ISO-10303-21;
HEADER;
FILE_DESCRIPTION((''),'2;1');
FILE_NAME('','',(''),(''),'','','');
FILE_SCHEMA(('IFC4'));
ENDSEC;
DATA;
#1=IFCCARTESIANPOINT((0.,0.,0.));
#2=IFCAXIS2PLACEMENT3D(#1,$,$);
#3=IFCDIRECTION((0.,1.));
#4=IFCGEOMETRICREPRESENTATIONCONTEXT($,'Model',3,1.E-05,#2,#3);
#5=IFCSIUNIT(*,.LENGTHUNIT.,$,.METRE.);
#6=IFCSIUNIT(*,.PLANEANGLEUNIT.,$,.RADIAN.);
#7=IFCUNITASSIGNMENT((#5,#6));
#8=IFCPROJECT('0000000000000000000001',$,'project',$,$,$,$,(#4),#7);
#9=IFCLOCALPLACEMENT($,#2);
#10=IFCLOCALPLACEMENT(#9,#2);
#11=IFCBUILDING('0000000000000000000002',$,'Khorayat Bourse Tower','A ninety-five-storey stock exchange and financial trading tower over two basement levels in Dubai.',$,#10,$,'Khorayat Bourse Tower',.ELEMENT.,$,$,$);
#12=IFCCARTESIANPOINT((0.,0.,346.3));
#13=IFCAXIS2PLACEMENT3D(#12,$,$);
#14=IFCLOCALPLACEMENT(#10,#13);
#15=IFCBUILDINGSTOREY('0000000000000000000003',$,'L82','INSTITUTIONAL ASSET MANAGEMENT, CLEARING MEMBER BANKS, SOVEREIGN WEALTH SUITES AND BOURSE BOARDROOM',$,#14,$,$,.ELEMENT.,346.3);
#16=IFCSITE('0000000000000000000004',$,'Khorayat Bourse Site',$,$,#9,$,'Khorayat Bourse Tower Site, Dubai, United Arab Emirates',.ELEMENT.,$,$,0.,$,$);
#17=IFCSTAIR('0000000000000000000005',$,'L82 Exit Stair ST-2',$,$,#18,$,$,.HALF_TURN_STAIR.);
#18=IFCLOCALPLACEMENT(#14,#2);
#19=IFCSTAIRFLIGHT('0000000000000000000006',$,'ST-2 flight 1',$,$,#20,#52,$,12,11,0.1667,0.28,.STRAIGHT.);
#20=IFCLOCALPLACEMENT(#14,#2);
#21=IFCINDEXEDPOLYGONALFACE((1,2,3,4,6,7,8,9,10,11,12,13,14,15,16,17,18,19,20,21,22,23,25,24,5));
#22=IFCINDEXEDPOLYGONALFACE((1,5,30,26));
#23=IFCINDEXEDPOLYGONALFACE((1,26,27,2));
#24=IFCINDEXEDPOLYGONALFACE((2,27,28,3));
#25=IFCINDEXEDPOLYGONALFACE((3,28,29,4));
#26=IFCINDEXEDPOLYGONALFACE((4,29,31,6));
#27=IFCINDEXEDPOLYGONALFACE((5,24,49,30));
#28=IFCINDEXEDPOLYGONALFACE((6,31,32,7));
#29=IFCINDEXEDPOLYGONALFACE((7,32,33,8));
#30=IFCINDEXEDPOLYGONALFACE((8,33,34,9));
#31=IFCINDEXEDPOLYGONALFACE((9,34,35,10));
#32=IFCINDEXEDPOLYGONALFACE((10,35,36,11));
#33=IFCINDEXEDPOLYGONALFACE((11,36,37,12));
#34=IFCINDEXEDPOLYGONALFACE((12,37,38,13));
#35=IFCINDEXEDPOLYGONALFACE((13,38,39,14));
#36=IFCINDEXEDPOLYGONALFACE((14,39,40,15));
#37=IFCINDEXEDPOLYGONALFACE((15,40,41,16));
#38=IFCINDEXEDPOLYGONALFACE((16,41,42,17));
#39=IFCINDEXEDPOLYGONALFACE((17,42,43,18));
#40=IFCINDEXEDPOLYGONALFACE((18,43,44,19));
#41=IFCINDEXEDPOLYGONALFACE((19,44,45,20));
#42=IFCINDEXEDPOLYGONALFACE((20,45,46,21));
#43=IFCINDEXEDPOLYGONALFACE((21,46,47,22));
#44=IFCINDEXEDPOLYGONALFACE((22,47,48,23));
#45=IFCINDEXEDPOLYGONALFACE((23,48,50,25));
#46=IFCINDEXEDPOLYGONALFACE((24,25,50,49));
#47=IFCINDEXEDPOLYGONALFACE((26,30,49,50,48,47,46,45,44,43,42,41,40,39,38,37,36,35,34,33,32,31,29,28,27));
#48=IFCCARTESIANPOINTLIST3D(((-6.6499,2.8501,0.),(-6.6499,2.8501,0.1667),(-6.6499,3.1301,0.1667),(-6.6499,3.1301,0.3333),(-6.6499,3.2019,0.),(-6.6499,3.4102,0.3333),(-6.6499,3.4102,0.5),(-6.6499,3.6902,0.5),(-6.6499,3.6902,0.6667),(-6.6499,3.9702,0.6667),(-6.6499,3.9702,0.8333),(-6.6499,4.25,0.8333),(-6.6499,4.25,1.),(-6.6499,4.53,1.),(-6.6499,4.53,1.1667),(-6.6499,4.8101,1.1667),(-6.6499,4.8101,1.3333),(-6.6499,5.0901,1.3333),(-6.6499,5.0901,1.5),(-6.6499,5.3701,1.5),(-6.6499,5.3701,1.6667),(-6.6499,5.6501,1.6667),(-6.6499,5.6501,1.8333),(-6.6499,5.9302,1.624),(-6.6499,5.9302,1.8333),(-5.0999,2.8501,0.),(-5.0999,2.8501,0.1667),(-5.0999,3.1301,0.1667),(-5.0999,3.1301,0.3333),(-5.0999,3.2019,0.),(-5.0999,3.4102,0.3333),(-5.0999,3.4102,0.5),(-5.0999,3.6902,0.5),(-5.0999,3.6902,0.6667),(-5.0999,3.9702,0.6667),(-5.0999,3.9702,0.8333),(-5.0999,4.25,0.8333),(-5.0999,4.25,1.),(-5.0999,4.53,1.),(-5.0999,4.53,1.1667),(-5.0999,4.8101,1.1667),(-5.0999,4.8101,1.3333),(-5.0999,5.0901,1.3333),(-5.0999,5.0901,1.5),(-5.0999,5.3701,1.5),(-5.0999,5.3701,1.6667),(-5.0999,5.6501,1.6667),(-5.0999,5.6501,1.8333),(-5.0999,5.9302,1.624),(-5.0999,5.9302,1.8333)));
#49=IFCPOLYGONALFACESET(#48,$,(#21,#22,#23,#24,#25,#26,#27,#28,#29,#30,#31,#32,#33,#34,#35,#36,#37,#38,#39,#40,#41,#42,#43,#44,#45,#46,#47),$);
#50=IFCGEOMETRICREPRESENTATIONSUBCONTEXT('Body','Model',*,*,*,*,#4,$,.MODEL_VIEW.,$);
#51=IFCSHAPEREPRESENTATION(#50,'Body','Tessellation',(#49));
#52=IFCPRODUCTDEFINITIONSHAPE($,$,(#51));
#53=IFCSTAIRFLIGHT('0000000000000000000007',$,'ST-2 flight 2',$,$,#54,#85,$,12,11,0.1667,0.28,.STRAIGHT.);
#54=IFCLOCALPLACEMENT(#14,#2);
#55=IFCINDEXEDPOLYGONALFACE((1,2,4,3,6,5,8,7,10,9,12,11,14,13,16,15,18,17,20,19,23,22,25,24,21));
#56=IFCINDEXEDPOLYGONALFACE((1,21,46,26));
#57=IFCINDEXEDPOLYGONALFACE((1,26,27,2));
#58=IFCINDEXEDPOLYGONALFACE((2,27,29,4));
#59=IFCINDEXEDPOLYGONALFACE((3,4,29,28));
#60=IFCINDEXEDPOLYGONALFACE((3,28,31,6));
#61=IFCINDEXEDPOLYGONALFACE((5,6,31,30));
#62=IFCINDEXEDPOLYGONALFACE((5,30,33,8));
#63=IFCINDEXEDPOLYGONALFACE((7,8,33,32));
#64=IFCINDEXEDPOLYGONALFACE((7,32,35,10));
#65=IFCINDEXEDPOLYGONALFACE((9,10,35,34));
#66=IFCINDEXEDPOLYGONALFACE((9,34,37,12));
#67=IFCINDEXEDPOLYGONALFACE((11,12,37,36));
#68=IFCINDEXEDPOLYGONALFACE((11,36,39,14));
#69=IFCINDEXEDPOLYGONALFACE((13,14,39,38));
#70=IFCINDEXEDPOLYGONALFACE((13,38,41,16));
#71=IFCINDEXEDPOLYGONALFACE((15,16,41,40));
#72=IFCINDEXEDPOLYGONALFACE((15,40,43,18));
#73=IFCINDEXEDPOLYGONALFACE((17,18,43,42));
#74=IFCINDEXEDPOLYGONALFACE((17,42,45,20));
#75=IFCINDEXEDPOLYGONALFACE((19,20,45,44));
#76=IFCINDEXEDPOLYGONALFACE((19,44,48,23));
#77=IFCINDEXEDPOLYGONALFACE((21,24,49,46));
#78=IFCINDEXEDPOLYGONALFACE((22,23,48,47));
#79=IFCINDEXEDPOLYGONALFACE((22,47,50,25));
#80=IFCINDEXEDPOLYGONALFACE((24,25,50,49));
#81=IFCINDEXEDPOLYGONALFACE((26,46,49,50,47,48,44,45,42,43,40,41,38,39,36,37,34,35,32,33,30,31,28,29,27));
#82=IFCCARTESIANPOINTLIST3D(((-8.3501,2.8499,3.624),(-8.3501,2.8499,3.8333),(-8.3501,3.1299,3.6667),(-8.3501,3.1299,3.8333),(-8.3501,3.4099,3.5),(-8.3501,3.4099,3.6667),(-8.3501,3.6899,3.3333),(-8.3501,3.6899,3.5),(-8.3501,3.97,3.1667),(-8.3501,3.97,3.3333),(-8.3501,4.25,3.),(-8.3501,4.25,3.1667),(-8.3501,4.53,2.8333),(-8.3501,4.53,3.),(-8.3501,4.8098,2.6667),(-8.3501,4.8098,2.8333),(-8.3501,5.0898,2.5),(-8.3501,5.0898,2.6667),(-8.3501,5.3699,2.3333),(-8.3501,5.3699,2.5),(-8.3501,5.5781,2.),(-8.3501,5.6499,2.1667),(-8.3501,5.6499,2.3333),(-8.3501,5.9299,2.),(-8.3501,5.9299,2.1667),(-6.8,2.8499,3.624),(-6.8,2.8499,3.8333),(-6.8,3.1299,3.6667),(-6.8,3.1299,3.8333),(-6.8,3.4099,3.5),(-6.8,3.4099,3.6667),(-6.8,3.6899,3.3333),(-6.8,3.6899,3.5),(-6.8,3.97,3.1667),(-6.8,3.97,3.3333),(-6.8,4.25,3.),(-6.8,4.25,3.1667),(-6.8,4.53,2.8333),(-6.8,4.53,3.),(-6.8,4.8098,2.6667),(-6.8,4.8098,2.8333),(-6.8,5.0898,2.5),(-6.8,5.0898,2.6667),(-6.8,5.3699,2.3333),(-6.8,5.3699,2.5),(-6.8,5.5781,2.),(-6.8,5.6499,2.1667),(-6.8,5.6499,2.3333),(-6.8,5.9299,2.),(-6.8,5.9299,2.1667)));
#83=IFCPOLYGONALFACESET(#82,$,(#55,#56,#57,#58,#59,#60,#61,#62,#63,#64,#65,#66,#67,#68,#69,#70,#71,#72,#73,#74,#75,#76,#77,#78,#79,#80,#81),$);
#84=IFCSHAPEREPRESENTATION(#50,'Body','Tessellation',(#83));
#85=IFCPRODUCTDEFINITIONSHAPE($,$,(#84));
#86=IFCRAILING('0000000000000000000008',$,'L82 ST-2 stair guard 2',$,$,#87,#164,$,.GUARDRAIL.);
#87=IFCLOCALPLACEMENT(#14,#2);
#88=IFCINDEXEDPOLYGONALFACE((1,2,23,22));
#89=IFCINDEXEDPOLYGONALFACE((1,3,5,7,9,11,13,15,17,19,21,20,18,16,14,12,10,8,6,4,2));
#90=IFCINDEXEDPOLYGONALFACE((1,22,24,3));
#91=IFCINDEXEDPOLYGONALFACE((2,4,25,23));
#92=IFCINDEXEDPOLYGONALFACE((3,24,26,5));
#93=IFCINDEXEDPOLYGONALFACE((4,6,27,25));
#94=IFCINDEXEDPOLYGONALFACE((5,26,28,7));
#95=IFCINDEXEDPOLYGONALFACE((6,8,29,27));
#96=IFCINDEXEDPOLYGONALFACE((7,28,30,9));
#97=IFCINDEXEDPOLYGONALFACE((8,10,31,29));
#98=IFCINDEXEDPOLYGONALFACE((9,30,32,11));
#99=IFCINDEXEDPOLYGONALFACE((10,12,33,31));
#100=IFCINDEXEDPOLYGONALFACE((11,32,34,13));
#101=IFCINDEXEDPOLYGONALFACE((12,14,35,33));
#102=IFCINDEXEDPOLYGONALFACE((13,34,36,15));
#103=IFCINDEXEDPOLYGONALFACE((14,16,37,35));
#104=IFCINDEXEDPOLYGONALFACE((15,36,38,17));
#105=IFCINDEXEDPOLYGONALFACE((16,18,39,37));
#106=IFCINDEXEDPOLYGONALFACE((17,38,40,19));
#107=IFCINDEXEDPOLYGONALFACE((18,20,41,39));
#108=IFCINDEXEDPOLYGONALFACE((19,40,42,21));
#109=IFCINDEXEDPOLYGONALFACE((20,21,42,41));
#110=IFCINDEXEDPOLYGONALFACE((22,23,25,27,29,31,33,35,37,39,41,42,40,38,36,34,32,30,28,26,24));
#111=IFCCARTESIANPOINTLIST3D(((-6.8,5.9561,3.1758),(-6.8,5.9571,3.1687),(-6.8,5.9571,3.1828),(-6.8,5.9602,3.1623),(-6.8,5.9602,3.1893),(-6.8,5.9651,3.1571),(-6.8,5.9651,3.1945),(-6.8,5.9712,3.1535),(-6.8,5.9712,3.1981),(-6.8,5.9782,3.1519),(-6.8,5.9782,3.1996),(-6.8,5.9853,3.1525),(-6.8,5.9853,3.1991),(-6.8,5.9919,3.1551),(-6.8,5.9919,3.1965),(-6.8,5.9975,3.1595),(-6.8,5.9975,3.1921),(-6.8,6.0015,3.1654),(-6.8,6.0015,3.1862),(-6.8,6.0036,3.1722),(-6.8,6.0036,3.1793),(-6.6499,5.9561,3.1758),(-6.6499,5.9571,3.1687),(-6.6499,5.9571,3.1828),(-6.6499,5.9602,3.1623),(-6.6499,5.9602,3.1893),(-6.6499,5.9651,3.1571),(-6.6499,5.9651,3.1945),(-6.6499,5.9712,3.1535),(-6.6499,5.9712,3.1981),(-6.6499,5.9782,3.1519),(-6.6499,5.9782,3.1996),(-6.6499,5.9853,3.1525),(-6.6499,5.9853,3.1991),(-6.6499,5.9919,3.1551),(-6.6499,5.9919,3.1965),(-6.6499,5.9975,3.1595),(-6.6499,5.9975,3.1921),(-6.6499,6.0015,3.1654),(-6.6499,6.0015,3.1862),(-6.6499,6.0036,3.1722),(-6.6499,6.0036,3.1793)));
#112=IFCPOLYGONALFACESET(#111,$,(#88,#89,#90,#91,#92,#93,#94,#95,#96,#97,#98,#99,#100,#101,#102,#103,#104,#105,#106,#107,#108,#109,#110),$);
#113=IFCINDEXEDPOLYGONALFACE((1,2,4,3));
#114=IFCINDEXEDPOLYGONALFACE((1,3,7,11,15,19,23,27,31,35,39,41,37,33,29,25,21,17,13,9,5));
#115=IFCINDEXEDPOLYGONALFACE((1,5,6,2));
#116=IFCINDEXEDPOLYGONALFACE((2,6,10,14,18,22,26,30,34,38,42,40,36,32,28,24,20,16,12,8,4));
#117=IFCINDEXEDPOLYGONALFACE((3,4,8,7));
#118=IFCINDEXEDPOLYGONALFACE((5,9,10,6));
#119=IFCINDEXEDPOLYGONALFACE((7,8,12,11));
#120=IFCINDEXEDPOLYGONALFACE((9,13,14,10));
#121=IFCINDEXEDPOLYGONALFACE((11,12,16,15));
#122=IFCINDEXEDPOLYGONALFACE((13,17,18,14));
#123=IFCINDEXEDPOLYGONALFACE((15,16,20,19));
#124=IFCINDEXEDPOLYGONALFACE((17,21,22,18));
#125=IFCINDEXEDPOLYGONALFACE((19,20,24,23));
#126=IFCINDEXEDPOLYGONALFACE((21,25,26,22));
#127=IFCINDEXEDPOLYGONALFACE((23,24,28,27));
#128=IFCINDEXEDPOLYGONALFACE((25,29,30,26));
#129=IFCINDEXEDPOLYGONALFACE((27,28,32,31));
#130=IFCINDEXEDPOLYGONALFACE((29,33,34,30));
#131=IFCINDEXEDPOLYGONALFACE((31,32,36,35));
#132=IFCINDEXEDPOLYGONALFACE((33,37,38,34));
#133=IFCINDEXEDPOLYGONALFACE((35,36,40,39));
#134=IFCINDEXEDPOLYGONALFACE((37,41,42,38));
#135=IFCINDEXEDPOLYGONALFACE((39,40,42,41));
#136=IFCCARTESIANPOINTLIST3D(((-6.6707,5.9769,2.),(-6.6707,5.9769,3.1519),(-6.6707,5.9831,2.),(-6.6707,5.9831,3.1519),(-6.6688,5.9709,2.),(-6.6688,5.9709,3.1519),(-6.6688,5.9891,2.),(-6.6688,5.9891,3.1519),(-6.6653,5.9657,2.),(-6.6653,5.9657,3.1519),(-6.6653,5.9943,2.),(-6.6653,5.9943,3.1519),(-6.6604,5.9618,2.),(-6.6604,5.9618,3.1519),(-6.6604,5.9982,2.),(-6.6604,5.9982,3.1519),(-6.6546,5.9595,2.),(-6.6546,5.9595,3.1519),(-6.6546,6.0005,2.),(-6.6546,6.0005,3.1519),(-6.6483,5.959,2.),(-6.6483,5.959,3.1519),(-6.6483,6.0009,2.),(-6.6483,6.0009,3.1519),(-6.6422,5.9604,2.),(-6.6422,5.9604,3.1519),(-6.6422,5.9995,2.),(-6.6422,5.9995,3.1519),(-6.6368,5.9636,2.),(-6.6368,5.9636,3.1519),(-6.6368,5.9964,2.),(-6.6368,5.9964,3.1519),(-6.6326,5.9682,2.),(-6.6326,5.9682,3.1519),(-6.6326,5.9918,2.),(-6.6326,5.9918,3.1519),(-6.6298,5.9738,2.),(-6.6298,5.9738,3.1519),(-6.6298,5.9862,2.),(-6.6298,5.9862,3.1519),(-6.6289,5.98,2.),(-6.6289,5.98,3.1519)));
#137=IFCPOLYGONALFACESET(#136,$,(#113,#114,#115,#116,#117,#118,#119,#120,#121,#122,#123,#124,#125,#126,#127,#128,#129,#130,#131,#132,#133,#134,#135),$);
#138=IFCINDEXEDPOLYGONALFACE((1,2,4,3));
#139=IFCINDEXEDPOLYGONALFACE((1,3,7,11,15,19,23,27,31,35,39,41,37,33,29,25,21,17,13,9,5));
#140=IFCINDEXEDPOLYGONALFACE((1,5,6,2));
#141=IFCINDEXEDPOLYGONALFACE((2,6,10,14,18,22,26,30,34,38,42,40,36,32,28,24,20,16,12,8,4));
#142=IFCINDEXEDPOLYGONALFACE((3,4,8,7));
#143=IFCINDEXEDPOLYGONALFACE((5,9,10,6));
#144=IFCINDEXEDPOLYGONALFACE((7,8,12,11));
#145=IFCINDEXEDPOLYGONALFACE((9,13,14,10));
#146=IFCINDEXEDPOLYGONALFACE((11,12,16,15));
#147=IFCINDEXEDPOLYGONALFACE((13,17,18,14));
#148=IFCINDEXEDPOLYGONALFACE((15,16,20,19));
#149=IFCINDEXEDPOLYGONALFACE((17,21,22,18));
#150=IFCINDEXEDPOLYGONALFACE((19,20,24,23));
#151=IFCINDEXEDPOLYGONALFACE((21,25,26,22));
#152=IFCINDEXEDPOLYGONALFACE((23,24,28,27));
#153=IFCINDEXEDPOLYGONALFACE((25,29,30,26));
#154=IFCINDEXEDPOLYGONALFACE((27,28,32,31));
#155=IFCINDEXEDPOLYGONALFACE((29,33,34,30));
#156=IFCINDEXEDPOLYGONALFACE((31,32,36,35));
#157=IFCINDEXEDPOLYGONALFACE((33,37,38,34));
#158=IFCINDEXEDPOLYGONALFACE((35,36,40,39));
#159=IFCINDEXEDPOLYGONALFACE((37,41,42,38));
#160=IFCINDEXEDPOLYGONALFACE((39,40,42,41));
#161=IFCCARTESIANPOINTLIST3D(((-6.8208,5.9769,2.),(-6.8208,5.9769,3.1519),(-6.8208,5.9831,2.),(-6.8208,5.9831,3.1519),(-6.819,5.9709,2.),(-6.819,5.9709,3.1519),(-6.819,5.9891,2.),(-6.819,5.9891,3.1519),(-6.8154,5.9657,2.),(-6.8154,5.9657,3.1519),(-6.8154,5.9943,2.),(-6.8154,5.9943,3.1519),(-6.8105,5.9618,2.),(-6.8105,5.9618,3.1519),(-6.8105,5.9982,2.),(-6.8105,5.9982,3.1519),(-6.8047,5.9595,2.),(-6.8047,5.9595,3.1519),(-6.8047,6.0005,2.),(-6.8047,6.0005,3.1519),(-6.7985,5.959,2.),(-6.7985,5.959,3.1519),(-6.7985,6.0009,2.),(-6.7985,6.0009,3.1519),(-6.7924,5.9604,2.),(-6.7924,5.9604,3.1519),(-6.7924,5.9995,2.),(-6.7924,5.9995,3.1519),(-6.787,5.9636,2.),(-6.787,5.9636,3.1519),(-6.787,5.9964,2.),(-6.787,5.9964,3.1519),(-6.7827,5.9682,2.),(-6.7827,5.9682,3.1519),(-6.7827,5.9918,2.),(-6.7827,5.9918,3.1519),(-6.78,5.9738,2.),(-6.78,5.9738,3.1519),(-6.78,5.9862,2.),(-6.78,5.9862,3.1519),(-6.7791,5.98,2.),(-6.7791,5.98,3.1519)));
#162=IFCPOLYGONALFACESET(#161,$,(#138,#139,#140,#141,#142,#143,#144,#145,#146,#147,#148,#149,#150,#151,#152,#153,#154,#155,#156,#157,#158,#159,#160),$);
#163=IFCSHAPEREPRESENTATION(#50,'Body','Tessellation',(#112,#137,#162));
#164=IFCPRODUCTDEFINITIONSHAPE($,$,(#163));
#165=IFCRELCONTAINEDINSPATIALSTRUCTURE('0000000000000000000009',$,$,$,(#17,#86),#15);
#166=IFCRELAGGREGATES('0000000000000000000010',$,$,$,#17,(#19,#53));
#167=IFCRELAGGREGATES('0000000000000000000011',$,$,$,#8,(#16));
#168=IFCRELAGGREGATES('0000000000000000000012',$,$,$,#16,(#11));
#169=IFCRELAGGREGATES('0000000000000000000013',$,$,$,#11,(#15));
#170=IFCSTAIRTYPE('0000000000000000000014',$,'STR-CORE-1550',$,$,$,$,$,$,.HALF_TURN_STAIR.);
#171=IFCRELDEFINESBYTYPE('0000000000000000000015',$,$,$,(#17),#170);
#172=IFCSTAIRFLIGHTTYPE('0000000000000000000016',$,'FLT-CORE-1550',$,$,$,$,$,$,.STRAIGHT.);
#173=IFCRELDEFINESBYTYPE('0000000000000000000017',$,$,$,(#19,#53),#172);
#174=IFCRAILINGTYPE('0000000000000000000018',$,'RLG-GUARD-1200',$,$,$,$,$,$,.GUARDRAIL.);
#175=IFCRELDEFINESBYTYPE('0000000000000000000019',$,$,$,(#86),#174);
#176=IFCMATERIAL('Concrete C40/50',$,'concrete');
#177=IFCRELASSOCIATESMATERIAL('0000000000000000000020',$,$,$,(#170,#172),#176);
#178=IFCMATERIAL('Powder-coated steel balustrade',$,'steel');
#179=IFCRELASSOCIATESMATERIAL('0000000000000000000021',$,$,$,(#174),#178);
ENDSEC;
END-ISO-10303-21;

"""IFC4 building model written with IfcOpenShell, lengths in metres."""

from ifc_helpers import new_model, si_unit, direction, frame, origin, origin_2d, place, context, subcontext, project, spatial, polyline, circle, outline, extrude, source, transform, mapped, material, type_object, element, aggregate, save


model = new_model("IFC4")

# Units and contexts
model_context = context("Model", 3, precision=1e-05, world=origin(), true_north=direction((0.0, 1.0)))
body_context = subcontext(model_context, "Body", "Model", "MODEL_VIEW")
ifc_project = project(units=[si_unit("LENGTHUNIT", "METRE"), si_unit("PLANEANGLEUNIT", "RADIAN")], contexts=[model_context])

# Site, building, storey
site_placement = place(None, origin())
site = spatial("IfcSite", under=ifc_project, at=site_placement, Name="Khorayat Bourse Site", LongName="Khorayat Bourse Tower Site, Dubai, United Arab Emirates", CompositionType="ELEMENT", RefElevation=0.0)
building_placement = place(site_placement, origin())
building = spatial("IfcBuilding", under=site, at=building_placement, Name="Khorayat Bourse Tower", Description="A ninety-five-storey stock exchange and financial trading tower over two basement levels in Dubai.", LongName="Khorayat Bourse Tower", CompositionType="ELEMENT")
storey_placement = place(building_placement, frame((0.0, 0.0, 346.3)))
storey = spatial("IfcBuildingStorey", under=building, at=storey_placement, Name="L82", Description="INSTITUTIONAL ASSET MANAGEMENT, CLEARING MEMBER BANKS, SOVEREIGN WEALTH SUITES AND BOURSE BOARDROOM", CompositionType="ELEMENT", Elevation=346.3)

# Stair, stair flights
ifc_material_1 = material(Name="Concrete C40/50", Category="concrete")
stair_type = type_object("IfcStairType", Name="STR-CORE-1550", PredefinedType="HALF_TURN_STAIR", material=ifc_material_1)
stair_placement = place(storey_placement, origin())
stair = element("IfcStair", 1, at=stair_placement, inside=storey, type_object=stair_type, Name="L82 Exit Stair ST-2", PredefinedType="HALF_TURN_STAIR")
stair_flight_type = type_object("IfcStairFlightType", Name="FLT-CORE-1550", PredefinedType="STRAIGHT", material=ifc_material_1)
shared_shape_1 = source(origin(), body_context, "Body", "SweptSolid", [
    extrude(outline(polyline([(0.0, 0.0), (0.0, 0.1667), (0.28, 0.1667), (0.28, 0.3333), (0.5601, 0.3333), (0.5601, 0.5), (0.8401, 0.5), (0.8401, 0.6667), (1.1201, 0.6667), (1.1201, 0.8333), (1.3999, 0.8333), (1.3999, 1.0), (1.6799, 1.0), (1.6799, 1.1667), (1.96, 1.1667), (1.96, 1.3333), (2.24, 1.3333), (2.24, 1.5), (2.52, 1.5), (2.52, 1.6667), (2.8, 1.6667), (2.8, 1.8333), (3.0801, 1.8333), (3.0801, 2.0), (3.0801, 1.624), (0.3518, 0.0), (0.0, 0.0)])), frame((0.0, 0.7749, 0.0), z_axis=(0.0, -1.0, 0.0), x_axis=(1.0, 0.0, 0.0)), (0.0, 0.0, 1.0), 1.55),
])
stair_flight_1_placement = place(storey_placement, frame((-5.875, 2.8501, 0.0), z_axis=(0.0, 0.0, 1.0), x_axis=(0.0, 1.0, 0.0)))
stair_flight_1 = element("IfcStairFlight", 2, at=stair_flight_1_placement, type_object=stair_flight_type, Name="ST-2 flight 1", NumberOfRisers=12, NumberOfTreads=11, PredefinedType="STRAIGHT", RiserHeight=0.1667, TreadLength=0.28, context=body_context, shape_type="MappedRepresentation", body=[
    mapped(shared_shape_1, transform((0.0, 0.0, 0.0), scale=1.0)),
])
stair_flight_2_placement = place(storey_placement, frame((-7.575, 5.9299, 2.0), z_axis=(0.0, 0.0, 1.0), x_axis=(0.0, -1.0, 0.0)))
stair_flight_2 = element("IfcStairFlight", 3, at=stair_flight_2_placement, type_object=stair_flight_type, Name="ST-2 flight 2", NumberOfRisers=12, NumberOfTreads=11, PredefinedType="STRAIGHT", RiserHeight=0.1667, TreadLength=0.28, context=body_context, shape_type="MappedRepresentation", body=[
    mapped(shared_shape_1, transform((0.0, 0.0, 0.0), scale=1.0)),
])
aggregate(stair, [stair_flight_1, stair_flight_2])

# Railing
ifc_material_2 = material(Name="Powder-coated steel balustrade", Category="steel")
railing_type_1 = type_object("IfcRailingType", Name="RLG-GUARD-1200", PredefinedType="GUARDRAIL", material=ifc_material_2)
shared_shape_2 = source(origin(), body_context, "Body", "SweptSolid", [
    extrude(circle(Radius=0.0239, at=origin_2d()), frame((0.0, 0.0, 1.1758), z_axis=(-1.0, 0.0, 0.0), x_axis=(0.0, -1.0, 0.0)), (0.0, 0.0, 1.0), 0.1501),
    extrude(circle(Radius=0.021, at=origin_2d()), origin(), (0.0, 0.0, 1.0), 1.1519),
    extrude(circle(Radius=0.021, at=origin_2d()), frame((-0.1501, 0.0, 0.0)), (0.0, 0.0, 1.0), 1.1519),
])
for number, where, name in (
    (4, (-6.6499, 5.98, 2.0), "L82 ST-2 stair guard 2"),
):
    element("IfcRailing", number, at=place(storey_placement, frame(where)), inside=storey, type_object=railing_type_1, Name=name, PredefinedType="GUARDRAIL", context=body_context, shape_type="MappedRepresentation", body=[
        mapped(shared_shape_2, transform((0.0, 0.0, 0.0), scale=1.0)),
    ])

save(model, "model.ifc")
